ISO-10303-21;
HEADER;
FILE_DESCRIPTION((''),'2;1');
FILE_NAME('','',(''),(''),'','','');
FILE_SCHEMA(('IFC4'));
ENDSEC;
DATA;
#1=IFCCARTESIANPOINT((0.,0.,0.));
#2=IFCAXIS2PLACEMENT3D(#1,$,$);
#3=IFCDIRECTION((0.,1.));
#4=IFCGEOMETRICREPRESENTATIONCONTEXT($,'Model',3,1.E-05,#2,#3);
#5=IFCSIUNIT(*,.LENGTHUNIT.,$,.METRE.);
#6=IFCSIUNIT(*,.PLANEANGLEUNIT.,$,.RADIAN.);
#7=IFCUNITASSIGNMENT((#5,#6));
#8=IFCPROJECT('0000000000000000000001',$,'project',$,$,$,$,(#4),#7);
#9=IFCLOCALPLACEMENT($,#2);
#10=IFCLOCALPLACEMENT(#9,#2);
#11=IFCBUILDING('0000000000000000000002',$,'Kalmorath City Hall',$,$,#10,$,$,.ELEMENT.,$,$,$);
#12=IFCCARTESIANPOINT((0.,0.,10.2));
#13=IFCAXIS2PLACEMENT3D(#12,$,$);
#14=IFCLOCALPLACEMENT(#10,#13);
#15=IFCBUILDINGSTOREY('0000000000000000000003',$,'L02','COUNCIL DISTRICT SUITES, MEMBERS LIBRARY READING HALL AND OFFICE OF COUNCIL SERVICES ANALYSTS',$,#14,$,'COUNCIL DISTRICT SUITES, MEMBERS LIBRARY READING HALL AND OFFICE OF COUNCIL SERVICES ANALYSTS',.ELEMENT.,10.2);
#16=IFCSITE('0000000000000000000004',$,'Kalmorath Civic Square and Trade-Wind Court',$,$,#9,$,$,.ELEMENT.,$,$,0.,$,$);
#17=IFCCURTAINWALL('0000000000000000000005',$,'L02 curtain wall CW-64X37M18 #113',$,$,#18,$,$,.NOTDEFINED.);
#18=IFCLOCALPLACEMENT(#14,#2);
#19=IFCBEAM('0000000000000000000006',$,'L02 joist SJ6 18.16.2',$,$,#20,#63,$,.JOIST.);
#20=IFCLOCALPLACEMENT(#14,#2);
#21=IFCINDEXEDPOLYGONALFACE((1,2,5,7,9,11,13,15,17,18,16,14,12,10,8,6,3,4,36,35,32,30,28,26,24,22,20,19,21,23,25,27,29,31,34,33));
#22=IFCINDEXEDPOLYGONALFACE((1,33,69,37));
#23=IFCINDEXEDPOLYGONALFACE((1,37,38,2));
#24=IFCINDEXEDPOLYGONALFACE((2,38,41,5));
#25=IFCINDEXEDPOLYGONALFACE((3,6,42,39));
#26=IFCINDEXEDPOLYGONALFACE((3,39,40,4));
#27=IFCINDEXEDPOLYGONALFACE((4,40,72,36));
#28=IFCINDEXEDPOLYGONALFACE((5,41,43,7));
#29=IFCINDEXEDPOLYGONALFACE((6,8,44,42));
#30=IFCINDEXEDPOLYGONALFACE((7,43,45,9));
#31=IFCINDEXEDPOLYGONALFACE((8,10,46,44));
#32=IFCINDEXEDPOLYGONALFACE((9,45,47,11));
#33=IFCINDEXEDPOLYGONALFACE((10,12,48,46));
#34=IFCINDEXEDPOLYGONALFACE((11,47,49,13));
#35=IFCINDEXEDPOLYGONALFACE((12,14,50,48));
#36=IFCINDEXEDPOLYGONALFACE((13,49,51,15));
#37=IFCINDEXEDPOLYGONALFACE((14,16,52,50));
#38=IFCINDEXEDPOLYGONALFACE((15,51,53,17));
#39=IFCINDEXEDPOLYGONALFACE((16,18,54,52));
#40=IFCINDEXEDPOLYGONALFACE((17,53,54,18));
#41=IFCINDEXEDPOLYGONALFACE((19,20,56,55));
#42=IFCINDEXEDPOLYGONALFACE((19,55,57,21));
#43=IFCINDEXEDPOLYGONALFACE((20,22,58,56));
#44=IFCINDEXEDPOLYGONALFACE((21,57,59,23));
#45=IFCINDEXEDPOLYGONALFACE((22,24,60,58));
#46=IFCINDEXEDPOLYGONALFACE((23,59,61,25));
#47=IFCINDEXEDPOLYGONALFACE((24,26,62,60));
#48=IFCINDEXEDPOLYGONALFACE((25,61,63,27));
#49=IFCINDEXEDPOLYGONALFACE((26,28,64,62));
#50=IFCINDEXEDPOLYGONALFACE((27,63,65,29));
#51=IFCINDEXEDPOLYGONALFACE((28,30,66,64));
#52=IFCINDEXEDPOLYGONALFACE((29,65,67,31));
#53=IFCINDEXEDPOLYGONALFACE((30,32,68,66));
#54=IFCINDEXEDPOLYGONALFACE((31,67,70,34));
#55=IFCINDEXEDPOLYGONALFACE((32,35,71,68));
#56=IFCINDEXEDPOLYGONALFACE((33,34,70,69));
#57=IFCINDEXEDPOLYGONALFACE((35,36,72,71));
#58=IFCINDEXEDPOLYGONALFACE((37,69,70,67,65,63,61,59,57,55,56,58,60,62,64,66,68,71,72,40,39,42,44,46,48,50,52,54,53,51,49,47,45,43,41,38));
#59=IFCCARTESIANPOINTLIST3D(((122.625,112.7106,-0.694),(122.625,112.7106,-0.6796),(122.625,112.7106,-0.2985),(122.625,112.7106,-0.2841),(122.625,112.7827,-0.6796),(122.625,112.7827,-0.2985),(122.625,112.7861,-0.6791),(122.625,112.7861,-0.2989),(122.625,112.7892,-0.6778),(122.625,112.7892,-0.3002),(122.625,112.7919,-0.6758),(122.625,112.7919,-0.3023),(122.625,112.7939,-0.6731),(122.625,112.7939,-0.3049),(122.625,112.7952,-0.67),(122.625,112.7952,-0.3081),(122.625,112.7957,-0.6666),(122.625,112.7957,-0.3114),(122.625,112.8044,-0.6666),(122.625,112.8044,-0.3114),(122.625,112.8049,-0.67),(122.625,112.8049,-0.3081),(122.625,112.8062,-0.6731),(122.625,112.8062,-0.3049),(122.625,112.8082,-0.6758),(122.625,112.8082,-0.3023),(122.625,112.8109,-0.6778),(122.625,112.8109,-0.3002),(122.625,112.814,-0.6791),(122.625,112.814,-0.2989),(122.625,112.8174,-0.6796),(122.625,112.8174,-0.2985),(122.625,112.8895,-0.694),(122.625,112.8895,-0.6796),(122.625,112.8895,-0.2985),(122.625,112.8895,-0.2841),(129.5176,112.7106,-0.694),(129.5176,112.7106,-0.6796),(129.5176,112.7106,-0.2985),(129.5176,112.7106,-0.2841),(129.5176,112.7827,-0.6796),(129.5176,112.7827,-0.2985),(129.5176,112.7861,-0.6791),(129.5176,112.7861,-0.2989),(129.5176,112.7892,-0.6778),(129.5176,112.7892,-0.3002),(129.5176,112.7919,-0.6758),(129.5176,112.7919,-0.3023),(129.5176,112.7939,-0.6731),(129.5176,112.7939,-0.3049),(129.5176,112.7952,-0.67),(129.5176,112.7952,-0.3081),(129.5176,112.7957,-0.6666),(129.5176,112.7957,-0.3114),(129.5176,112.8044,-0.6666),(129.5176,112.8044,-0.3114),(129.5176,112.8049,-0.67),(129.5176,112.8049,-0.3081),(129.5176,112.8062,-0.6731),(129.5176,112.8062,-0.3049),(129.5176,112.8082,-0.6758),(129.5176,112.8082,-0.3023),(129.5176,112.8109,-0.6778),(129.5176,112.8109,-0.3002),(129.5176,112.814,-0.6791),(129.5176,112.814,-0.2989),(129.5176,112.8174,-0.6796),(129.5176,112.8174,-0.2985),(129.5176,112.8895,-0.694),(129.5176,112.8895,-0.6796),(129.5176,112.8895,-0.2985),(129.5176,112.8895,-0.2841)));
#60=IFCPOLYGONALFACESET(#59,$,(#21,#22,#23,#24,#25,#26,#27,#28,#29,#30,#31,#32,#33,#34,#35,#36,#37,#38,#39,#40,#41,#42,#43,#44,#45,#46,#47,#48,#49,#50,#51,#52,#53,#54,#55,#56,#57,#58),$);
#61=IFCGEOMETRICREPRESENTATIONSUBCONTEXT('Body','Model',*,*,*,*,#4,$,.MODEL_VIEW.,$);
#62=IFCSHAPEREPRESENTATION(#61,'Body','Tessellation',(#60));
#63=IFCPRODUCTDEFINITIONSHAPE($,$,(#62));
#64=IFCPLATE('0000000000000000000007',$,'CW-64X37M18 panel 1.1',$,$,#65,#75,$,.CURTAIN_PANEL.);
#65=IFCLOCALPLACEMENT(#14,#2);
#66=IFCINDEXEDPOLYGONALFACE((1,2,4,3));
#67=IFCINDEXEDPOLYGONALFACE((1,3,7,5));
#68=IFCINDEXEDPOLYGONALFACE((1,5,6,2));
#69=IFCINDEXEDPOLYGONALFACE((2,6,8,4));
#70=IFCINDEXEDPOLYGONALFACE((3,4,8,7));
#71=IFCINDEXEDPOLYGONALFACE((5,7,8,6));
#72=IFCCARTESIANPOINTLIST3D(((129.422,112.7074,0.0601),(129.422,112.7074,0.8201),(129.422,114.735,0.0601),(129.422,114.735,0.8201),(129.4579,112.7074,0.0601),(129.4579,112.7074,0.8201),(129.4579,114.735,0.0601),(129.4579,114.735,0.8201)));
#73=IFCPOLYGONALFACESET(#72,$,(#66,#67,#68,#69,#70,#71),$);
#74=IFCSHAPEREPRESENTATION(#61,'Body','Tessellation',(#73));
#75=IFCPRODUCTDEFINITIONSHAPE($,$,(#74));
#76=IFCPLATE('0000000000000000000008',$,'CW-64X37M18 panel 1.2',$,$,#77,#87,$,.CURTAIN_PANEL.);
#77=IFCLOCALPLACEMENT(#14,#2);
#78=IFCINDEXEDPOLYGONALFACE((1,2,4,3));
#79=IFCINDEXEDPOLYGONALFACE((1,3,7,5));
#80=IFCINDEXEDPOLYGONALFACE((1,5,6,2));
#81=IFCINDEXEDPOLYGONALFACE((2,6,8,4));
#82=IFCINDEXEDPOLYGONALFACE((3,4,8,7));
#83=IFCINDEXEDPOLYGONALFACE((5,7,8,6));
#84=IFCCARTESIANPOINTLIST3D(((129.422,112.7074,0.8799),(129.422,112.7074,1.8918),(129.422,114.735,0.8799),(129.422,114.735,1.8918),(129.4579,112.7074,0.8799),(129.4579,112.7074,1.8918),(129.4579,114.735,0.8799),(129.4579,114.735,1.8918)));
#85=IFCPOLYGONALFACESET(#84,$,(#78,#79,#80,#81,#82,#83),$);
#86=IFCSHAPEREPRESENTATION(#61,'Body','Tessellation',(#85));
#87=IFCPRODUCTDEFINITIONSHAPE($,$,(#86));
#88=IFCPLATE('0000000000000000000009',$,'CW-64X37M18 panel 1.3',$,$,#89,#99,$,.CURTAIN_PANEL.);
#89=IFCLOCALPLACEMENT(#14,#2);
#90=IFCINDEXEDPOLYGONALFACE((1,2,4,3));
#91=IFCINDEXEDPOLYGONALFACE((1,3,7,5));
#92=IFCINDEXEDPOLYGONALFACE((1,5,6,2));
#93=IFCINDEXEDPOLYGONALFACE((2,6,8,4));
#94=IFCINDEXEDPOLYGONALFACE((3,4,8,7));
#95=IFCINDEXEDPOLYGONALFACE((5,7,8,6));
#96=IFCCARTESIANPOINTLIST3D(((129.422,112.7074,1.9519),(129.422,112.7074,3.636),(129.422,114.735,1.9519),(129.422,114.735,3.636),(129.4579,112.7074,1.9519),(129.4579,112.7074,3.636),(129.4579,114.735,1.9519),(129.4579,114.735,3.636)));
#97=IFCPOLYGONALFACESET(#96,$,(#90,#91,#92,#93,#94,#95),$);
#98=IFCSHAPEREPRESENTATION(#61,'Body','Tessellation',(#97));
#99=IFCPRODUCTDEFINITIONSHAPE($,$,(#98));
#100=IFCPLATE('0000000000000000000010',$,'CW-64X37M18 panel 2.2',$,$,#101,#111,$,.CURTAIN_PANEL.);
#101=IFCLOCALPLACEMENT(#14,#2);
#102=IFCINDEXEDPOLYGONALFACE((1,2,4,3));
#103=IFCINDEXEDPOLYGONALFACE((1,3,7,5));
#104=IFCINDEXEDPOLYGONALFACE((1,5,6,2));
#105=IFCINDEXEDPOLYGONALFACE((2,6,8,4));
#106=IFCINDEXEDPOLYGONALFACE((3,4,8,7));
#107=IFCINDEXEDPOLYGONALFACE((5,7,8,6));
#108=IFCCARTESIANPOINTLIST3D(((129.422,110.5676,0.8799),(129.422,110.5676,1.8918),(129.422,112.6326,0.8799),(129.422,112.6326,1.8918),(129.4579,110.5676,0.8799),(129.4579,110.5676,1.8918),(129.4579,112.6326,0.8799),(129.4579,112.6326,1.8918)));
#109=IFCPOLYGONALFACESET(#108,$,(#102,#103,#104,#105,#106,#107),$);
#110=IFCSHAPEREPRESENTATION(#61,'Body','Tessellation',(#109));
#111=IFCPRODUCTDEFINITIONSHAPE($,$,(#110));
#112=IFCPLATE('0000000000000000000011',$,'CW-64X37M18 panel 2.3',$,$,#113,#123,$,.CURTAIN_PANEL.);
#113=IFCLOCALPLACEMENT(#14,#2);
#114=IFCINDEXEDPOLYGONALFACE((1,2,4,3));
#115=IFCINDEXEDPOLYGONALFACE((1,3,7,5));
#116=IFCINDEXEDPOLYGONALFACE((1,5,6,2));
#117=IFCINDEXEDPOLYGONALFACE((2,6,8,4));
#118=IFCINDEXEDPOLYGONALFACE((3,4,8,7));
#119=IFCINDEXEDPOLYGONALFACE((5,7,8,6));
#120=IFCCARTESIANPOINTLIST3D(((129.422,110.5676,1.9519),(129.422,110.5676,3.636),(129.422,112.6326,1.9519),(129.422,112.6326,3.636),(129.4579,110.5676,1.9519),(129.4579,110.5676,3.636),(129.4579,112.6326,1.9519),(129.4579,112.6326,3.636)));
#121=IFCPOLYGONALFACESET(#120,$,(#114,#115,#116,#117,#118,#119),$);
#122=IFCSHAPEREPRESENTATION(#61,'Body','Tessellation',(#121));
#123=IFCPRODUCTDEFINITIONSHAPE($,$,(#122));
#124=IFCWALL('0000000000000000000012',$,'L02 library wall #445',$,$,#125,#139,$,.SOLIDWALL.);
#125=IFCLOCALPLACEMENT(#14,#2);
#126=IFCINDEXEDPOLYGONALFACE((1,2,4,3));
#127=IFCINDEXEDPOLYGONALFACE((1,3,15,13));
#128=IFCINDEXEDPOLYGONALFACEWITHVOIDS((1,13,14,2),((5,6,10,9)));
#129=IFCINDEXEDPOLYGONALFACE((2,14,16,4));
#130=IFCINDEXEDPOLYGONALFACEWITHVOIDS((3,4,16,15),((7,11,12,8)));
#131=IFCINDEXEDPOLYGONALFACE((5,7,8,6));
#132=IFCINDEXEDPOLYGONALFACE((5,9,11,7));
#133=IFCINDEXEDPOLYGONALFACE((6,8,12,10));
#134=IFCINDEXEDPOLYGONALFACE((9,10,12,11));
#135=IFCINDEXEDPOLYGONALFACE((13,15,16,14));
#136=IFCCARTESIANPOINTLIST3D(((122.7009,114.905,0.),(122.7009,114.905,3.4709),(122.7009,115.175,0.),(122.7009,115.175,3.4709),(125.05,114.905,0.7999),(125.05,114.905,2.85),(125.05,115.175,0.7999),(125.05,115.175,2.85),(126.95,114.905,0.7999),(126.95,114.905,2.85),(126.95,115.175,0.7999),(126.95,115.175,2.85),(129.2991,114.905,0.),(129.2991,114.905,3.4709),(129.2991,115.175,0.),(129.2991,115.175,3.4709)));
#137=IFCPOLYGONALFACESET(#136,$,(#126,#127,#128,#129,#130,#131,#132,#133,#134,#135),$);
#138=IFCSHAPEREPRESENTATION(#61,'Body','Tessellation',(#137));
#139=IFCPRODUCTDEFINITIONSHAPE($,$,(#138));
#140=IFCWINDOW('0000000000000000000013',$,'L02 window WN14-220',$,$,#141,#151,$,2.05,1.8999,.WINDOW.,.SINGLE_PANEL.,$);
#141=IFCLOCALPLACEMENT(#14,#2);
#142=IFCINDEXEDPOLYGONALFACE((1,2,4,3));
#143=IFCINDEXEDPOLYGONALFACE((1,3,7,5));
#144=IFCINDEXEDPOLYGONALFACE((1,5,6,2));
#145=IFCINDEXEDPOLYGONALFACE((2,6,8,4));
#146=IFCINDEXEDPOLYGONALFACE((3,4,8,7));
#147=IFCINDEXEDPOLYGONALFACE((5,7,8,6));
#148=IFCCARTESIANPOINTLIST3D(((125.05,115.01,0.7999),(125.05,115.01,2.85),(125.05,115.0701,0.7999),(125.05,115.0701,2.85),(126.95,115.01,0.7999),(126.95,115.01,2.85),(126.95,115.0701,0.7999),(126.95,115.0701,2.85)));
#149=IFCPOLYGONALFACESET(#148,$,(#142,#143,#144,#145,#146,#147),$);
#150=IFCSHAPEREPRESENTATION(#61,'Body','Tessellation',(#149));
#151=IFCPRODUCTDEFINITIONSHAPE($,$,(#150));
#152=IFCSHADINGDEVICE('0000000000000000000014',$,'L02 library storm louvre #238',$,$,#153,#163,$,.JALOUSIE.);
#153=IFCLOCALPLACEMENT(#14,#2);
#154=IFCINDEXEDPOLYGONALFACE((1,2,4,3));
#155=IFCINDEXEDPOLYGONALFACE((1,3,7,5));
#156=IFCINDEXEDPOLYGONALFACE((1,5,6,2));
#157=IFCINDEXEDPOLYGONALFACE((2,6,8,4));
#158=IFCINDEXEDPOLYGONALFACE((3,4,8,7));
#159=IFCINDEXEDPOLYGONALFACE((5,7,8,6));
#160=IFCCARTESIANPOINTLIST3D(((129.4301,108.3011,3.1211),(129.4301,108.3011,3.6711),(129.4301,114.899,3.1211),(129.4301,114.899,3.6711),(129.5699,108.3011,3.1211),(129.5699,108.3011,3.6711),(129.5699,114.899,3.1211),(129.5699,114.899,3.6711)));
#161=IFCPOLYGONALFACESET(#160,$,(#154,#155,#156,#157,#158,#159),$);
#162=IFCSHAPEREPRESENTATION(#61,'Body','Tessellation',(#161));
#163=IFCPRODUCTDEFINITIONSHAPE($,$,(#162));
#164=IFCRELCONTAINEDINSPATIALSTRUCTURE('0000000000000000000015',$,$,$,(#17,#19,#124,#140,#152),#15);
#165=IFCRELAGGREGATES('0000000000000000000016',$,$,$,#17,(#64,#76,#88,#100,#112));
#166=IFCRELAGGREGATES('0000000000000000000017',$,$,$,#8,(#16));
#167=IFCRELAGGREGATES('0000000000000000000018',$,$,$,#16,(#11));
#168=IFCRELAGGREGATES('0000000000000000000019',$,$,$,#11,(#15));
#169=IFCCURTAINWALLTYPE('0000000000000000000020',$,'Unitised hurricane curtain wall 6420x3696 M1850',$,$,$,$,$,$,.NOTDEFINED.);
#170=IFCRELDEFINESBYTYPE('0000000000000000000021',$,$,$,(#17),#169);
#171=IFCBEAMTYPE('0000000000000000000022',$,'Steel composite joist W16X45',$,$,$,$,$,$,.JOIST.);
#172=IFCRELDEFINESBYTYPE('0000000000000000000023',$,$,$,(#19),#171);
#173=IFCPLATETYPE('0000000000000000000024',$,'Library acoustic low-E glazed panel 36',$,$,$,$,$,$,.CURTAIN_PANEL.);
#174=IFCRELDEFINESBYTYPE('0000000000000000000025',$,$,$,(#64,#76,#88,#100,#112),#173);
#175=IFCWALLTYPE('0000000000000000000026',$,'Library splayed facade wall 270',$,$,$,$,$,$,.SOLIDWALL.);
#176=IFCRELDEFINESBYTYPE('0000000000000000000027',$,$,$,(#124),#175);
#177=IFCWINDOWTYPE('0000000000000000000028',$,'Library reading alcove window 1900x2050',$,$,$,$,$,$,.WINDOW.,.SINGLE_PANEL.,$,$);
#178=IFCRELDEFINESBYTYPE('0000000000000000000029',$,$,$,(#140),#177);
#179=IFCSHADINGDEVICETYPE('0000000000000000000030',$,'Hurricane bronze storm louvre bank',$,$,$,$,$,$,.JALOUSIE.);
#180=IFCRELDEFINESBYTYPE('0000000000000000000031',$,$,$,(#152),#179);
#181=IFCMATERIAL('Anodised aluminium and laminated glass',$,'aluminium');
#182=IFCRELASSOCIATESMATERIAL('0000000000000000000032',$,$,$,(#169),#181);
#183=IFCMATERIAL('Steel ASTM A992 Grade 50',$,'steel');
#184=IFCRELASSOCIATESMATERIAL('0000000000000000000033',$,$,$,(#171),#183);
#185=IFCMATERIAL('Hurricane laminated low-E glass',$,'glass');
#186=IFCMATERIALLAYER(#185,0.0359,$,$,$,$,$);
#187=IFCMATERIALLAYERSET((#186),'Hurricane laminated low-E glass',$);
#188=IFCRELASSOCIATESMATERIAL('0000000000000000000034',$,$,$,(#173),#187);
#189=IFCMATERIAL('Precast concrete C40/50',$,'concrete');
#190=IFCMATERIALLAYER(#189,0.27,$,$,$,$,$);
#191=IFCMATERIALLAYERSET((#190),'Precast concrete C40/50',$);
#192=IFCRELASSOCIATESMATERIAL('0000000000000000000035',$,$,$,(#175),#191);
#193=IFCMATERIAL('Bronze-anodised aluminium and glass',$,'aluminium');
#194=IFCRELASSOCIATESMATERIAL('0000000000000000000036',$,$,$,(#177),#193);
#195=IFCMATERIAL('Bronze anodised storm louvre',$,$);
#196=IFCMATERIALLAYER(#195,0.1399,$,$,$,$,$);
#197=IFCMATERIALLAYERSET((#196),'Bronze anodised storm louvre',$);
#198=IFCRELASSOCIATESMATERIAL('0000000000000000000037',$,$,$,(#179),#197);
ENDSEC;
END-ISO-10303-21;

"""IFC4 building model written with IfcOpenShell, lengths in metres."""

from ifc_helpers import new_model, si_unit, direction, frame, frame_2d, origin, origin_2d, place, context, subcontext, project, spatial, rectangle, i_section, extrude, material, layer, layer_set, material_profile, profile_set, type_object, element, fill, aggregate, save


model = new_model("IFC4")

# Units and contexts
model_context = context("Model", 3, precision=1e-05, world=origin(), true_north=direction((0.0, 1.0)))
body_context = subcontext(model_context, "Body", "Model", "MODEL_VIEW")
ifc_project = project(units=[si_unit("LENGTHUNIT", "METRE"), si_unit("PLANEANGLEUNIT", "RADIAN")], contexts=[model_context])

# Site, building, storey
site_placement = place(None, origin())
site = spatial("IfcSite", under=ifc_project, at=site_placement, Name="Kalmorath Civic Square and Trade-Wind Court", CompositionType="ELEMENT", RefElevation=0.0)
building_placement = place(site_placement, origin())
building = spatial("IfcBuilding", under=site, at=building_placement, Name="Kalmorath City Hall", CompositionType="ELEMENT")
storey_placement = place(building_placement, frame((0.0, 0.0, 10.2)))
storey = spatial("IfcBuildingStorey", under=building, at=storey_placement, Name="L02", Description="COUNCIL DISTRICT SUITES, MEMBERS LIBRARY READING HALL AND OFFICE OF COUNCIL SERVICES ANALYSTS", LongName="COUNCIL DISTRICT SUITES, MEMBERS LIBRARY READING HALL AND OFFICE OF COUNCIL SERVICES ANALYSTS", CompositionType="ELEMENT", Elevation=10.2)

# Curtain wall
ifc_material_1 = material(Name="Anodised aluminium and laminated glass", Category="aluminium")
curtain_wall_type = type_object("IfcCurtainWallType", Name="Unitised hurricane curtain wall 6420x3696 M1850", PredefinedType="NOTDEFINED", material=ifc_material_1)
curtain_wall_placement = place(storey_placement, origin())
curtain_wall = element("IfcCurtainWall", 1, at=curtain_wall_placement, inside=storey, type_object=curtain_wall_type, Name="L02 curtain wall CW-64X37M18 #113", PredefinedType="NOTDEFINED")

# Beam
ifc_material_2 = material(Name="Steel ASTM A992 Grade 50", Category="steel")
ifc_material_profile_1 = material_profile(ifc_material_2, i_section(OverallWidth=0.179, OverallDepth=0.4099, WebThickness=0.0088, FlangeThickness=0.0144, FilletRadius=0.0129, at=origin_2d()), Name="W16X45")
ifc_profile_set_1 = profile_set([ifc_material_profile_1], Name="Steel ASTM A992 Grade 50")
beam_type_1 = type_object("IfcBeamType", Name="Steel composite joist W16X45", PredefinedType="JOIST", material=ifc_profile_set_1)
beam_1_placement = place(storey_placement, frame((122.625, 112.8, -0.489), z_axis=(1.0, 0.0, 0.0), x_axis=(0.0, 1.0, 0.0)))
element("IfcBeam", 2, at=beam_1_placement, inside=storey, type_object=beam_type_1, Name="L02 joist SJ6 18.16.2", PredefinedType="JOIST", context=body_context, shape_type="SweptSolid", body=[
    extrude(i_section(OverallWidth=0.179, OverallDepth=0.4099, WebThickness=0.0088, FlangeThickness=0.0144, FilletRadius=0.0129, at=origin_2d()), origin(), (0.0, 0.0, 1.0), 6.8926),
])

# Plates
ifc_material_3 = material(Name="Hurricane laminated low-E glass", Category="glass")
ifc_layer_1 = layer(ifc_material_3, 0.0359)
ifc_layer_set_1 = layer_set([ifc_layer_1], Name="Hurricane laminated low-E glass")
plate_type = type_object("IfcPlateType", Name="Library acoustic low-E glazed panel 36", PredefinedType="CURTAIN_PANEL", material=ifc_layer_set_1)
plate_1_placement = place(storey_placement, frame((129.4399, 113.7212, 0.0601), z_axis=(0.0, 0.0, 1.0), x_axis=(0.0, -1.0, 0.0)))
plate_1 = element("IfcPlate", 3, at=plate_1_placement, type_object=plate_type, Name="CW-64X37M18 panel 1.1", PredefinedType="CURTAIN_PANEL", context=body_context, shape_type="SweptSolid", body=[
    extrude(rectangle(XDim=2.0276, YDim=0.0359, at=origin_2d()), origin(), (0.0, 0.0, 1.0), 0.76),
])
plate_2_placement = place(storey_placement, frame((129.4399, 113.7212, 0.8799), z_axis=(0.0, 0.0, 1.0), x_axis=(0.0, -1.0, 0.0)))
plate_2 = element("IfcPlate", 4, at=plate_2_placement, type_object=plate_type, Name="CW-64X37M18 panel 1.2", PredefinedType="CURTAIN_PANEL", context=body_context, shape_type="SweptSolid", body=[
    extrude(rectangle(XDim=2.0276, YDim=0.0359, at=origin_2d()), origin(), (0.0, 0.0, 1.0), 1.012),
])
plate_3_placement = place(storey_placement, frame((129.4399, 113.7212, 1.9519), z_axis=(0.0, 0.0, 1.0), x_axis=(0.0, -1.0, 0.0)))
plate_3 = element("IfcPlate", 5, at=plate_3_placement, type_object=plate_type, Name="CW-64X37M18 panel 1.3", PredefinedType="CURTAIN_PANEL", context=body_context, shape_type="SweptSolid", body=[
    extrude(rectangle(XDim=2.0276, YDim=0.0359, at=origin_2d()), origin(), (0.0, 0.0, 1.0), 1.6841),
])
plate_4_placement = place(storey_placement, frame((129.4399, 111.6001, 0.8799), z_axis=(0.0, 0.0, 1.0), x_axis=(0.0, -1.0, 0.0)))
plate_4 = element("IfcPlate", 6, at=plate_4_placement, type_object=plate_type, Name="CW-64X37M18 panel 2.2", PredefinedType="CURTAIN_PANEL", context=body_context, shape_type="SweptSolid", body=[
    extrude(rectangle(XDim=2.0649, YDim=0.0359, at=origin_2d()), origin(), (0.0, 0.0, 1.0), 1.012),
])
plate_5_placement = place(storey_placement, frame((129.4399, 111.6001, 1.9519), z_axis=(0.0, 0.0, 1.0), x_axis=(0.0, -1.0, 0.0)))
plate_5 = element("IfcPlate", 7, at=plate_5_placement, type_object=plate_type, Name="CW-64X37M18 panel 2.3", PredefinedType="CURTAIN_PANEL", context=body_context, shape_type="SweptSolid", body=[
    extrude(rectangle(XDim=2.0649, YDim=0.0359, at=origin_2d()), origin(), (0.0, 0.0, 1.0), 1.6841),
])
aggregate(curtain_wall, [plate_1, plate_2, plate_3, plate_4, plate_5])

# Wall, opening, window
ifc_material_4 = material(Name="Precast concrete C40/50", Category="concrete")
ifc_layer_2 = layer(ifc_material_4, 0.27)
ifc_layer_set_2 = layer_set([ifc_layer_2], Name="Precast concrete C40/50")
wall_type = type_object("IfcWallType", Name="Library splayed facade wall 270", PredefinedType="SOLIDWALL", material=ifc_layer_set_2)
wall_placement = place(storey_placement, frame((122.7009, 115.04, 0.0), z_axis=(0.0, 0.0, 1.0), x_axis=(1.0, 0.0, 0.0)))
wall = element("IfcWall", 8, at=wall_placement, inside=storey, type_object=wall_type, Name="L02 library wall #445", PredefinedType="SOLIDWALL", context=body_context, shape_type="SweptSolid", body=[
    extrude(rectangle(XDim=6.5981, YDim=0.27, at=frame_2d((3.2991, 0.0))), origin(), (0.0, 0.0, 1.0), 3.4709),
])
opening_placement = place(wall_placement, frame((2.3491, 0.0, 0.8)))
opening = element("IfcOpeningElement", 9, at=opening_placement, cuts=wall, PredefinedType="OPENING", context=body_context, shape_type="SweptSolid", body=[
    extrude(rectangle(XDim=1.8999, YDim=2.05, at=frame_2d((0.95, 1.0249))), frame((0.0, 0.145, 0.0), z_axis=(0.0, -1.0, 0.0), x_axis=(1.0, 0.0, 0.0)), (0.0, 0.0, 1.0), 0.29),
])
ifc_material_5 = material(Name="Bronze-anodised aluminium and glass", Category="aluminium")
window_type = type_object("IfcWindowType", Name="Library reading alcove window 1900x2050", PartitioningType="SINGLE_PANEL", PredefinedType="WINDOW", material=ifc_material_5)
window_placement = place(opening_placement, origin())
window = element("IfcWindow", 10, at=window_placement, inside=storey, type_object=window_type, Name="L02 window WN14-220", OverallHeight=2.05, OverallWidth=1.8999, PartitioningType="SINGLE_PANEL", PredefinedType="WINDOW", context=body_context, shape_type="SweptSolid", body=[
    extrude(rectangle(XDim=1.8999, YDim=2.05, at=frame_2d((0.95, 1.0249))), frame((0.0, 0.03, 0.0), z_axis=(0.0, -1.0, 0.0), x_axis=(1.0, 0.0, 0.0)), (0.0, 0.0, 1.0), 0.0601),
])
fill(opening, window)

# Shading device
ifc_material_6 = material(Name="Bronze anodised storm louvre")
ifc_layer_3 = layer(ifc_material_6, 0.1399)
ifc_layer_set_3 = layer_set([ifc_layer_3], Name="Bronze anodised storm louvre")
shading_device_type = type_object("IfcShadingDeviceType", Name="Hurricane bronze storm louvre bank", PredefinedType="JALOUSIE", material=ifc_layer_set_3)
shading_device_placement = place(storey_placement, frame((129.5, 111.6001, 3.1211), z_axis=(0.0, 0.0, 1.0), x_axis=(0.0, -1.0, 0.0)))
element("IfcShadingDevice", 11, at=shading_device_placement, inside=storey, type_object=shading_device_type, Name="L02 library storm louvre #238", PredefinedType="JALOUSIE", context=body_context, shape_type="SweptSolid", body=[
    extrude(rectangle(XDim=6.5979, YDim=0.1399, at=origin_2d()), origin(), (0.0, 0.0, 1.0), 0.55),
])

save(model, "model.ifc")
